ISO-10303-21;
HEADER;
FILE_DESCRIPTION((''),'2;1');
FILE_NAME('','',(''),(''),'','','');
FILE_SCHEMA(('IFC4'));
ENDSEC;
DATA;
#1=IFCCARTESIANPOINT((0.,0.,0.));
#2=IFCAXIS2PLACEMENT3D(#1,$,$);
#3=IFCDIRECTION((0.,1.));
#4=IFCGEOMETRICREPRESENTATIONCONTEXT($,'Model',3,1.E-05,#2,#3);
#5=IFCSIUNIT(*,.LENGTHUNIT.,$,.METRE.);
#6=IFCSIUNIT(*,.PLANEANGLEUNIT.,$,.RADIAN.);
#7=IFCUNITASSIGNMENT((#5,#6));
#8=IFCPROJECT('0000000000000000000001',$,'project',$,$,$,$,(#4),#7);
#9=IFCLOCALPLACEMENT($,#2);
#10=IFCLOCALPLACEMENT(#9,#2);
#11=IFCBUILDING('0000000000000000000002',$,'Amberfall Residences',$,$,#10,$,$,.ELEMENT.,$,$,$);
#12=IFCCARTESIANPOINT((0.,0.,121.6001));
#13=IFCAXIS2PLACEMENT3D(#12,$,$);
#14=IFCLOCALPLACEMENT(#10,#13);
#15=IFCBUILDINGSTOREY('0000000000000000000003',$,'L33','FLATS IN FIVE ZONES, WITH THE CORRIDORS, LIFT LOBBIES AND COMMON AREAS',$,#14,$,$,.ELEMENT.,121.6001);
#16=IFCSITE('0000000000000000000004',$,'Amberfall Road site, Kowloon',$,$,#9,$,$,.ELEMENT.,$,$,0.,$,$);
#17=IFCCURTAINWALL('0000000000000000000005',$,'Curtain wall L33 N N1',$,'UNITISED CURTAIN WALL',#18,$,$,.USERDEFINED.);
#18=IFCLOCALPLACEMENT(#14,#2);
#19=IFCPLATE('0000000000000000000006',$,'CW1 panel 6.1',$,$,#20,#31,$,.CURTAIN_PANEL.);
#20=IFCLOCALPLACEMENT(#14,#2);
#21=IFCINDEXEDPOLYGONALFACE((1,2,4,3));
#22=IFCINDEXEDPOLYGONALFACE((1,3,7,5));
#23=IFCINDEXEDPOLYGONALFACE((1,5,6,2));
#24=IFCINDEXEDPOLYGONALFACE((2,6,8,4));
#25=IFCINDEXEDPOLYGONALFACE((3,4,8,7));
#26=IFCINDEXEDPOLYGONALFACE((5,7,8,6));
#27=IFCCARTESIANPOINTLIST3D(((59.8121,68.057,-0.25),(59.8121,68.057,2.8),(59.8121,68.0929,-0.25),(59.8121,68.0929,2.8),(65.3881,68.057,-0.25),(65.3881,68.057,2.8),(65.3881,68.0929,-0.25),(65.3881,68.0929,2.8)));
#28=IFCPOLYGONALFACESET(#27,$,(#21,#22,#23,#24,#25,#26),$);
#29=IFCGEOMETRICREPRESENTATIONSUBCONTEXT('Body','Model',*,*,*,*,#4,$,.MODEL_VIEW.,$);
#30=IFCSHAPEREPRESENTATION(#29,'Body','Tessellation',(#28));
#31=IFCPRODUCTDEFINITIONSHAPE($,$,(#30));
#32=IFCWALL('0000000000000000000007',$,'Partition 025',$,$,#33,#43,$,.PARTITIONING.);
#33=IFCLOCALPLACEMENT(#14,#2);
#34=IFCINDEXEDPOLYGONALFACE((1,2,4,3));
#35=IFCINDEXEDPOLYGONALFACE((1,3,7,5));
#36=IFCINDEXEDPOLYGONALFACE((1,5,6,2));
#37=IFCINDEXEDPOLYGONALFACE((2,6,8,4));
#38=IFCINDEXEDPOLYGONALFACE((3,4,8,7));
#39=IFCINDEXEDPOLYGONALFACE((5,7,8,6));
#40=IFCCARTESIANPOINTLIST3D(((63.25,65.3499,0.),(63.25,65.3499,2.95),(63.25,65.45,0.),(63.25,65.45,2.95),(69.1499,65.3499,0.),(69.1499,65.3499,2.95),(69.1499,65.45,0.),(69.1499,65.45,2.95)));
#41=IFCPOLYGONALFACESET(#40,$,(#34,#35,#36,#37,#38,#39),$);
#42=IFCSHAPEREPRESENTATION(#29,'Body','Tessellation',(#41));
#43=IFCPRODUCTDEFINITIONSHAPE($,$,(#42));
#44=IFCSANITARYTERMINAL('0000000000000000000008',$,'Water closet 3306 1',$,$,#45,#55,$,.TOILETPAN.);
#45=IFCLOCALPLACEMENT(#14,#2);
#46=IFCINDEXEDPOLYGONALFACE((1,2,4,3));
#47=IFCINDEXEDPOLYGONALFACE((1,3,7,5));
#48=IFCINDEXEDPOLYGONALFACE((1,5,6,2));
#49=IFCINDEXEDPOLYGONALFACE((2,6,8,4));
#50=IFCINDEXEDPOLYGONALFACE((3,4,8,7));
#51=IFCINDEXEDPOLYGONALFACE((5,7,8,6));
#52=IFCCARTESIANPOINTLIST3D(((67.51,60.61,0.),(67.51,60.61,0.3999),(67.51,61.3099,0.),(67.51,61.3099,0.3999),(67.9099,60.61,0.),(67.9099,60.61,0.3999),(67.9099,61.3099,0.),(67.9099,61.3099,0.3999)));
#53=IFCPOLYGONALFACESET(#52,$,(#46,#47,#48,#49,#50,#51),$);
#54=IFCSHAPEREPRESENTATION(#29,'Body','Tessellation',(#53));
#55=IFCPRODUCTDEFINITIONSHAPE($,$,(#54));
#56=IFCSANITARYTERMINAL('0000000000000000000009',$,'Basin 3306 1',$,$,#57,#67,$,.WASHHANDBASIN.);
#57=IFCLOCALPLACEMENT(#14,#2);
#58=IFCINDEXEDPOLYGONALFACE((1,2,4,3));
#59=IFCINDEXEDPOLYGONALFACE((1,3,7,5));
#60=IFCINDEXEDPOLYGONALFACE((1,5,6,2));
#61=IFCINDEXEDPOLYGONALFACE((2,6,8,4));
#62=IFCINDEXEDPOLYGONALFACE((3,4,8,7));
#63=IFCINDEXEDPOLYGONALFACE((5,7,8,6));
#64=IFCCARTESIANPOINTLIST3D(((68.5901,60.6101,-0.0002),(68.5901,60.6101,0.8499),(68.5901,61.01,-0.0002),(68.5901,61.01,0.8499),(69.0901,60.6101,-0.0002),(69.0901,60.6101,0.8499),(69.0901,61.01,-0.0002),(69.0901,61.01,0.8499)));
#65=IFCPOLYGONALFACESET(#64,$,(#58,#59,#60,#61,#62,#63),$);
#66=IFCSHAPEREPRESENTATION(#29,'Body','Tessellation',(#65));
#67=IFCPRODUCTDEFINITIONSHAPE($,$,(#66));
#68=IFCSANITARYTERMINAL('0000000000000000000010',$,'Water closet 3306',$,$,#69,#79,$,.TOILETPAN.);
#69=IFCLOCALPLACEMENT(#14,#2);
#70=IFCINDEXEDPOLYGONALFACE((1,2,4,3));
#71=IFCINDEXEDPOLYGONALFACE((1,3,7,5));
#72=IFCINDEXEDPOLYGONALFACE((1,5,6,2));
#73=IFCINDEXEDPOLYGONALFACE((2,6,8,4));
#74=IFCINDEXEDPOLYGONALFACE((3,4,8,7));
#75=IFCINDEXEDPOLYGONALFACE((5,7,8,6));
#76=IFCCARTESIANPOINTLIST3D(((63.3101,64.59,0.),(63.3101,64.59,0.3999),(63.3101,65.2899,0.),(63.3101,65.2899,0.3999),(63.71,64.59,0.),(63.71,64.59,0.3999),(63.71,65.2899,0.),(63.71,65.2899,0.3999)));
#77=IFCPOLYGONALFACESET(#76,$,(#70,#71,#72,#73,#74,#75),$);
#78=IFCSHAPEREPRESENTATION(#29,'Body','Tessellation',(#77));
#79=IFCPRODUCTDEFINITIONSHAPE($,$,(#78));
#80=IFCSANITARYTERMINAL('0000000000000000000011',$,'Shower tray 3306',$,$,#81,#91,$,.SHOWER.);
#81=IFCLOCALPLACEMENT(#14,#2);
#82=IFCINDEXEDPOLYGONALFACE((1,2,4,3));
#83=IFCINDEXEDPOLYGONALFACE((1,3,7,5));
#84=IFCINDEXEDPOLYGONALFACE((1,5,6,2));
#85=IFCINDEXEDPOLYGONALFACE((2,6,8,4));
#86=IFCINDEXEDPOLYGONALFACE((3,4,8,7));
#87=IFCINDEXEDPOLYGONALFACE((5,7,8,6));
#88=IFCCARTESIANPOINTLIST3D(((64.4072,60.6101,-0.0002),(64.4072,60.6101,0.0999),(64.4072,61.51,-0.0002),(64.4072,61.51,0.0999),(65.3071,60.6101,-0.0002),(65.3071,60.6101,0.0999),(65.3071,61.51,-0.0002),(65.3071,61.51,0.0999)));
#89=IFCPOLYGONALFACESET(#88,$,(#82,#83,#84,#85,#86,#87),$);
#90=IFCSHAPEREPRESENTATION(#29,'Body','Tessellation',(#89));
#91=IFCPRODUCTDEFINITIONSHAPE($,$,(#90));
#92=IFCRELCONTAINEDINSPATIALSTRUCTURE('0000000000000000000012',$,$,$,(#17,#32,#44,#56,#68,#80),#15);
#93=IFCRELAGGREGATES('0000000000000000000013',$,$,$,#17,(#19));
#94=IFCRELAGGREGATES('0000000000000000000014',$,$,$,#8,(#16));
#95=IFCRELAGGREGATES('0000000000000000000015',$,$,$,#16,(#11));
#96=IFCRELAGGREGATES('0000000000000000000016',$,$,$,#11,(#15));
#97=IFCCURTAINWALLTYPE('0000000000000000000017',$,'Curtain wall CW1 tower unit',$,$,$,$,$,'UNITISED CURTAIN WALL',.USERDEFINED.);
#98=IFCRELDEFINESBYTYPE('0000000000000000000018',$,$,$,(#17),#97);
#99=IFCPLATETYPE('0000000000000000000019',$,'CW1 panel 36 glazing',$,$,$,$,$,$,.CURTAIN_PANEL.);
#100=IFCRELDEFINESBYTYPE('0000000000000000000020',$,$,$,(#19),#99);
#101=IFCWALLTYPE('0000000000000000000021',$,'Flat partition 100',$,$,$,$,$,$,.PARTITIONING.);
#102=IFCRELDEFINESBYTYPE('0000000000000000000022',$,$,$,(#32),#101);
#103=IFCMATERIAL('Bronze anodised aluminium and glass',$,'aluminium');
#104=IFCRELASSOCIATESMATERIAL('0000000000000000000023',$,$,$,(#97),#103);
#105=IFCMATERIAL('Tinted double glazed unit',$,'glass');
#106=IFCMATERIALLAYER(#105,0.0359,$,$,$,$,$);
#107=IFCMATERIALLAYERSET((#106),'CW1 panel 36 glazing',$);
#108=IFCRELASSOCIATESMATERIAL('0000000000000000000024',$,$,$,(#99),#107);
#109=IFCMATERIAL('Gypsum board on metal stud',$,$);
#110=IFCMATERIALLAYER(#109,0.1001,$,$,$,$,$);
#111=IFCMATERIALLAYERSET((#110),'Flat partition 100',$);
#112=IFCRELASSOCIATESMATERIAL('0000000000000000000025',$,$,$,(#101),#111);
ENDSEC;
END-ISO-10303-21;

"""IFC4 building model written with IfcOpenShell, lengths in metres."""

from ifc_helpers import new_model, si_unit, direction, frame, frame_2d, origin, origin_2d, place, context, subcontext, project, spatial, rectangle, extrude, material, layer, layer_set, type_object, element, aggregate, save


model = new_model("IFC4")

# Units and contexts
model_context = context("Model", 3, precision=1e-05, world=origin(), true_north=direction((0.0, 1.0)))
body_context = subcontext(model_context, "Body", "Model", "MODEL_VIEW")
ifc_project = project(units=[si_unit("LENGTHUNIT", "METRE"), si_unit("PLANEANGLEUNIT", "RADIAN")], contexts=[model_context])

# Site, building, storey
site_placement = place(None, origin())
site = spatial("IfcSite", under=ifc_project, at=site_placement, Name="Amberfall Road site, Kowloon", CompositionType="ELEMENT", RefElevation=0.0)
building_placement = place(site_placement, origin())
building = spatial("IfcBuilding", under=site, at=building_placement, Name="Amberfall Residences", CompositionType="ELEMENT")
storey_placement = place(building_placement, frame((0.0, 0.0, 121.6001)))
storey = spatial("IfcBuildingStorey", under=building, at=storey_placement, Name="L33", Description="FLATS IN FIVE ZONES, WITH THE CORRIDORS, LIFT LOBBIES AND COMMON AREAS", CompositionType="ELEMENT", Elevation=121.6001)

# Curtain wall
ifc_material_1 = material(Name="Bronze anodised aluminium and glass", Category="aluminium")
curtain_wall_type = type_object("IfcCurtainWallType", Name="Curtain wall CW1 tower unit", ElementType="UNITISED CURTAIN WALL", PredefinedType="USERDEFINED", material=ifc_material_1)
curtain_wall_placement = place(storey_placement, origin())
curtain_wall = element("IfcCurtainWall", 1, at=curtain_wall_placement, inside=storey, type_object=curtain_wall_type, Name="Curtain wall L33 N N1", ObjectType="UNITISED CURTAIN WALL", PredefinedType="USERDEFINED")

# Plate
ifc_material_2 = material(Name="Tinted double glazed unit", Category="glass")
ifc_layer_1 = layer(ifc_material_2, 0.0359)
ifc_layer_set_1 = layer_set([ifc_layer_1], Name="CW1 panel 36 glazing")
plate_type = type_object("IfcPlateType", Name="CW1 panel 36 glazing", PredefinedType="CURTAIN_PANEL", material=ifc_layer_set_1)
plate_1_placement = place(storey_placement, frame((62.6001, 68.075, -0.25), z_axis=(0.0, 0.0, 1.0), x_axis=(-1.0, 0.0, 0.0)))
plate_1 = element("IfcPlate", 2, at=plate_1_placement, type_object=plate_type, Name="CW1 panel 6.1", PredefinedType="CURTAIN_PANEL", context=body_context, shape_type="SweptSolid", body=[
    extrude(rectangle(XDim=5.5759, YDim=0.0359, at=origin_2d()), origin(), (0.0, 0.0, 1.0), 3.05),
])
aggregate(curtain_wall, [plate_1])

# Wall
ifc_material_3 = material(Name="Gypsum board on metal stud")
ifc_layer_2 = layer(ifc_material_3, 0.1001)
ifc_layer_set_2 = layer_set([ifc_layer_2], Name="Flat partition 100")
wall_type = type_object("IfcWallType", Name="Flat partition 100", PredefinedType="PARTITIONING", material=ifc_layer_set_2)
wall_placement = place(storey_placement, frame((63.25, 65.3999, 0.0), z_axis=(0.0, 0.0, 1.0), x_axis=(1.0, 0.0, 0.0)))
element("IfcWall", 3, at=wall_placement, inside=storey, type_object=wall_type, Name="Partition 025", PredefinedType="PARTITIONING", context=body_context, shape_type="SweptSolid", body=[
    extrude(rectangle(XDim=5.8999, YDim=0.1001, at=frame_2d((2.95, 0.0))), origin(), (0.0, 0.0, 1.0), 2.95),
])

# Sanitary terminals
sanitary_terminal_1_placement = place(storey_placement, frame((67.71, 60.96, 0.0), z_axis=(0.0, 0.0, 1.0), x_axis=(1.0, 0.0, 0.0)))
element("IfcSanitaryTerminal", 4, at=sanitary_terminal_1_placement, inside=storey, Name="Water closet 3306 1", PredefinedType="TOILETPAN", context=body_context, shape_type="SweptSolid", body=[
    extrude(rectangle(XDim=0.3999, YDim=0.7, at=origin_2d()), origin(), (0.0, 0.0, 1.0), 0.3999),
])
sanitary_terminal_2_placement = place(storey_placement, frame((68.8401, 60.8101, -0.0002), z_axis=(0.0, 0.0, 1.0), x_axis=(1.0, 0.0, 0.0)))
element("IfcSanitaryTerminal", 5, at=sanitary_terminal_2_placement, inside=storey, Name="Basin 3306 1", PredefinedType="WASHHANDBASIN", context=body_context, shape_type="SweptSolid", body=[
    extrude(rectangle(XDim=0.5, YDim=0.3999, at=origin_2d()), origin(), (0.0, 0.0, 1.0), 0.8501),
])
sanitary_terminal_3_placement = place(storey_placement, frame((63.51, 64.9399, 0.0), z_axis=(0.0, 0.0, 1.0), x_axis=(1.0, 0.0, 0.0)))
element("IfcSanitaryTerminal", 6, at=sanitary_terminal_3_placement, inside=storey, Name="Water closet 3306", PredefinedType="TOILETPAN", context=body_context, shape_type="SweptSolid", body=[
    extrude(rectangle(XDim=0.3999, YDim=0.7, at=origin_2d()), origin(), (0.0, 0.0, 1.0), 0.3999),
])
sanitary_terminal_4_placement = place(storey_placement, frame((64.8572, 61.0601, -0.0002), z_axis=(0.0, 0.0, 1.0), x_axis=(1.0, 0.0, 0.0)))
element("IfcSanitaryTerminal", 7, at=sanitary_terminal_4_placement, inside=storey, Name="Shower tray 3306", PredefinedType="SHOWER", context=body_context, shape_type="SweptSolid", body=[
    extrude(rectangle(XDim=0.8999, YDim=0.8999, at=origin_2d()), origin(), (0.0, 0.0, 1.0), 0.1001),
])

save(model, "model.ifc")
